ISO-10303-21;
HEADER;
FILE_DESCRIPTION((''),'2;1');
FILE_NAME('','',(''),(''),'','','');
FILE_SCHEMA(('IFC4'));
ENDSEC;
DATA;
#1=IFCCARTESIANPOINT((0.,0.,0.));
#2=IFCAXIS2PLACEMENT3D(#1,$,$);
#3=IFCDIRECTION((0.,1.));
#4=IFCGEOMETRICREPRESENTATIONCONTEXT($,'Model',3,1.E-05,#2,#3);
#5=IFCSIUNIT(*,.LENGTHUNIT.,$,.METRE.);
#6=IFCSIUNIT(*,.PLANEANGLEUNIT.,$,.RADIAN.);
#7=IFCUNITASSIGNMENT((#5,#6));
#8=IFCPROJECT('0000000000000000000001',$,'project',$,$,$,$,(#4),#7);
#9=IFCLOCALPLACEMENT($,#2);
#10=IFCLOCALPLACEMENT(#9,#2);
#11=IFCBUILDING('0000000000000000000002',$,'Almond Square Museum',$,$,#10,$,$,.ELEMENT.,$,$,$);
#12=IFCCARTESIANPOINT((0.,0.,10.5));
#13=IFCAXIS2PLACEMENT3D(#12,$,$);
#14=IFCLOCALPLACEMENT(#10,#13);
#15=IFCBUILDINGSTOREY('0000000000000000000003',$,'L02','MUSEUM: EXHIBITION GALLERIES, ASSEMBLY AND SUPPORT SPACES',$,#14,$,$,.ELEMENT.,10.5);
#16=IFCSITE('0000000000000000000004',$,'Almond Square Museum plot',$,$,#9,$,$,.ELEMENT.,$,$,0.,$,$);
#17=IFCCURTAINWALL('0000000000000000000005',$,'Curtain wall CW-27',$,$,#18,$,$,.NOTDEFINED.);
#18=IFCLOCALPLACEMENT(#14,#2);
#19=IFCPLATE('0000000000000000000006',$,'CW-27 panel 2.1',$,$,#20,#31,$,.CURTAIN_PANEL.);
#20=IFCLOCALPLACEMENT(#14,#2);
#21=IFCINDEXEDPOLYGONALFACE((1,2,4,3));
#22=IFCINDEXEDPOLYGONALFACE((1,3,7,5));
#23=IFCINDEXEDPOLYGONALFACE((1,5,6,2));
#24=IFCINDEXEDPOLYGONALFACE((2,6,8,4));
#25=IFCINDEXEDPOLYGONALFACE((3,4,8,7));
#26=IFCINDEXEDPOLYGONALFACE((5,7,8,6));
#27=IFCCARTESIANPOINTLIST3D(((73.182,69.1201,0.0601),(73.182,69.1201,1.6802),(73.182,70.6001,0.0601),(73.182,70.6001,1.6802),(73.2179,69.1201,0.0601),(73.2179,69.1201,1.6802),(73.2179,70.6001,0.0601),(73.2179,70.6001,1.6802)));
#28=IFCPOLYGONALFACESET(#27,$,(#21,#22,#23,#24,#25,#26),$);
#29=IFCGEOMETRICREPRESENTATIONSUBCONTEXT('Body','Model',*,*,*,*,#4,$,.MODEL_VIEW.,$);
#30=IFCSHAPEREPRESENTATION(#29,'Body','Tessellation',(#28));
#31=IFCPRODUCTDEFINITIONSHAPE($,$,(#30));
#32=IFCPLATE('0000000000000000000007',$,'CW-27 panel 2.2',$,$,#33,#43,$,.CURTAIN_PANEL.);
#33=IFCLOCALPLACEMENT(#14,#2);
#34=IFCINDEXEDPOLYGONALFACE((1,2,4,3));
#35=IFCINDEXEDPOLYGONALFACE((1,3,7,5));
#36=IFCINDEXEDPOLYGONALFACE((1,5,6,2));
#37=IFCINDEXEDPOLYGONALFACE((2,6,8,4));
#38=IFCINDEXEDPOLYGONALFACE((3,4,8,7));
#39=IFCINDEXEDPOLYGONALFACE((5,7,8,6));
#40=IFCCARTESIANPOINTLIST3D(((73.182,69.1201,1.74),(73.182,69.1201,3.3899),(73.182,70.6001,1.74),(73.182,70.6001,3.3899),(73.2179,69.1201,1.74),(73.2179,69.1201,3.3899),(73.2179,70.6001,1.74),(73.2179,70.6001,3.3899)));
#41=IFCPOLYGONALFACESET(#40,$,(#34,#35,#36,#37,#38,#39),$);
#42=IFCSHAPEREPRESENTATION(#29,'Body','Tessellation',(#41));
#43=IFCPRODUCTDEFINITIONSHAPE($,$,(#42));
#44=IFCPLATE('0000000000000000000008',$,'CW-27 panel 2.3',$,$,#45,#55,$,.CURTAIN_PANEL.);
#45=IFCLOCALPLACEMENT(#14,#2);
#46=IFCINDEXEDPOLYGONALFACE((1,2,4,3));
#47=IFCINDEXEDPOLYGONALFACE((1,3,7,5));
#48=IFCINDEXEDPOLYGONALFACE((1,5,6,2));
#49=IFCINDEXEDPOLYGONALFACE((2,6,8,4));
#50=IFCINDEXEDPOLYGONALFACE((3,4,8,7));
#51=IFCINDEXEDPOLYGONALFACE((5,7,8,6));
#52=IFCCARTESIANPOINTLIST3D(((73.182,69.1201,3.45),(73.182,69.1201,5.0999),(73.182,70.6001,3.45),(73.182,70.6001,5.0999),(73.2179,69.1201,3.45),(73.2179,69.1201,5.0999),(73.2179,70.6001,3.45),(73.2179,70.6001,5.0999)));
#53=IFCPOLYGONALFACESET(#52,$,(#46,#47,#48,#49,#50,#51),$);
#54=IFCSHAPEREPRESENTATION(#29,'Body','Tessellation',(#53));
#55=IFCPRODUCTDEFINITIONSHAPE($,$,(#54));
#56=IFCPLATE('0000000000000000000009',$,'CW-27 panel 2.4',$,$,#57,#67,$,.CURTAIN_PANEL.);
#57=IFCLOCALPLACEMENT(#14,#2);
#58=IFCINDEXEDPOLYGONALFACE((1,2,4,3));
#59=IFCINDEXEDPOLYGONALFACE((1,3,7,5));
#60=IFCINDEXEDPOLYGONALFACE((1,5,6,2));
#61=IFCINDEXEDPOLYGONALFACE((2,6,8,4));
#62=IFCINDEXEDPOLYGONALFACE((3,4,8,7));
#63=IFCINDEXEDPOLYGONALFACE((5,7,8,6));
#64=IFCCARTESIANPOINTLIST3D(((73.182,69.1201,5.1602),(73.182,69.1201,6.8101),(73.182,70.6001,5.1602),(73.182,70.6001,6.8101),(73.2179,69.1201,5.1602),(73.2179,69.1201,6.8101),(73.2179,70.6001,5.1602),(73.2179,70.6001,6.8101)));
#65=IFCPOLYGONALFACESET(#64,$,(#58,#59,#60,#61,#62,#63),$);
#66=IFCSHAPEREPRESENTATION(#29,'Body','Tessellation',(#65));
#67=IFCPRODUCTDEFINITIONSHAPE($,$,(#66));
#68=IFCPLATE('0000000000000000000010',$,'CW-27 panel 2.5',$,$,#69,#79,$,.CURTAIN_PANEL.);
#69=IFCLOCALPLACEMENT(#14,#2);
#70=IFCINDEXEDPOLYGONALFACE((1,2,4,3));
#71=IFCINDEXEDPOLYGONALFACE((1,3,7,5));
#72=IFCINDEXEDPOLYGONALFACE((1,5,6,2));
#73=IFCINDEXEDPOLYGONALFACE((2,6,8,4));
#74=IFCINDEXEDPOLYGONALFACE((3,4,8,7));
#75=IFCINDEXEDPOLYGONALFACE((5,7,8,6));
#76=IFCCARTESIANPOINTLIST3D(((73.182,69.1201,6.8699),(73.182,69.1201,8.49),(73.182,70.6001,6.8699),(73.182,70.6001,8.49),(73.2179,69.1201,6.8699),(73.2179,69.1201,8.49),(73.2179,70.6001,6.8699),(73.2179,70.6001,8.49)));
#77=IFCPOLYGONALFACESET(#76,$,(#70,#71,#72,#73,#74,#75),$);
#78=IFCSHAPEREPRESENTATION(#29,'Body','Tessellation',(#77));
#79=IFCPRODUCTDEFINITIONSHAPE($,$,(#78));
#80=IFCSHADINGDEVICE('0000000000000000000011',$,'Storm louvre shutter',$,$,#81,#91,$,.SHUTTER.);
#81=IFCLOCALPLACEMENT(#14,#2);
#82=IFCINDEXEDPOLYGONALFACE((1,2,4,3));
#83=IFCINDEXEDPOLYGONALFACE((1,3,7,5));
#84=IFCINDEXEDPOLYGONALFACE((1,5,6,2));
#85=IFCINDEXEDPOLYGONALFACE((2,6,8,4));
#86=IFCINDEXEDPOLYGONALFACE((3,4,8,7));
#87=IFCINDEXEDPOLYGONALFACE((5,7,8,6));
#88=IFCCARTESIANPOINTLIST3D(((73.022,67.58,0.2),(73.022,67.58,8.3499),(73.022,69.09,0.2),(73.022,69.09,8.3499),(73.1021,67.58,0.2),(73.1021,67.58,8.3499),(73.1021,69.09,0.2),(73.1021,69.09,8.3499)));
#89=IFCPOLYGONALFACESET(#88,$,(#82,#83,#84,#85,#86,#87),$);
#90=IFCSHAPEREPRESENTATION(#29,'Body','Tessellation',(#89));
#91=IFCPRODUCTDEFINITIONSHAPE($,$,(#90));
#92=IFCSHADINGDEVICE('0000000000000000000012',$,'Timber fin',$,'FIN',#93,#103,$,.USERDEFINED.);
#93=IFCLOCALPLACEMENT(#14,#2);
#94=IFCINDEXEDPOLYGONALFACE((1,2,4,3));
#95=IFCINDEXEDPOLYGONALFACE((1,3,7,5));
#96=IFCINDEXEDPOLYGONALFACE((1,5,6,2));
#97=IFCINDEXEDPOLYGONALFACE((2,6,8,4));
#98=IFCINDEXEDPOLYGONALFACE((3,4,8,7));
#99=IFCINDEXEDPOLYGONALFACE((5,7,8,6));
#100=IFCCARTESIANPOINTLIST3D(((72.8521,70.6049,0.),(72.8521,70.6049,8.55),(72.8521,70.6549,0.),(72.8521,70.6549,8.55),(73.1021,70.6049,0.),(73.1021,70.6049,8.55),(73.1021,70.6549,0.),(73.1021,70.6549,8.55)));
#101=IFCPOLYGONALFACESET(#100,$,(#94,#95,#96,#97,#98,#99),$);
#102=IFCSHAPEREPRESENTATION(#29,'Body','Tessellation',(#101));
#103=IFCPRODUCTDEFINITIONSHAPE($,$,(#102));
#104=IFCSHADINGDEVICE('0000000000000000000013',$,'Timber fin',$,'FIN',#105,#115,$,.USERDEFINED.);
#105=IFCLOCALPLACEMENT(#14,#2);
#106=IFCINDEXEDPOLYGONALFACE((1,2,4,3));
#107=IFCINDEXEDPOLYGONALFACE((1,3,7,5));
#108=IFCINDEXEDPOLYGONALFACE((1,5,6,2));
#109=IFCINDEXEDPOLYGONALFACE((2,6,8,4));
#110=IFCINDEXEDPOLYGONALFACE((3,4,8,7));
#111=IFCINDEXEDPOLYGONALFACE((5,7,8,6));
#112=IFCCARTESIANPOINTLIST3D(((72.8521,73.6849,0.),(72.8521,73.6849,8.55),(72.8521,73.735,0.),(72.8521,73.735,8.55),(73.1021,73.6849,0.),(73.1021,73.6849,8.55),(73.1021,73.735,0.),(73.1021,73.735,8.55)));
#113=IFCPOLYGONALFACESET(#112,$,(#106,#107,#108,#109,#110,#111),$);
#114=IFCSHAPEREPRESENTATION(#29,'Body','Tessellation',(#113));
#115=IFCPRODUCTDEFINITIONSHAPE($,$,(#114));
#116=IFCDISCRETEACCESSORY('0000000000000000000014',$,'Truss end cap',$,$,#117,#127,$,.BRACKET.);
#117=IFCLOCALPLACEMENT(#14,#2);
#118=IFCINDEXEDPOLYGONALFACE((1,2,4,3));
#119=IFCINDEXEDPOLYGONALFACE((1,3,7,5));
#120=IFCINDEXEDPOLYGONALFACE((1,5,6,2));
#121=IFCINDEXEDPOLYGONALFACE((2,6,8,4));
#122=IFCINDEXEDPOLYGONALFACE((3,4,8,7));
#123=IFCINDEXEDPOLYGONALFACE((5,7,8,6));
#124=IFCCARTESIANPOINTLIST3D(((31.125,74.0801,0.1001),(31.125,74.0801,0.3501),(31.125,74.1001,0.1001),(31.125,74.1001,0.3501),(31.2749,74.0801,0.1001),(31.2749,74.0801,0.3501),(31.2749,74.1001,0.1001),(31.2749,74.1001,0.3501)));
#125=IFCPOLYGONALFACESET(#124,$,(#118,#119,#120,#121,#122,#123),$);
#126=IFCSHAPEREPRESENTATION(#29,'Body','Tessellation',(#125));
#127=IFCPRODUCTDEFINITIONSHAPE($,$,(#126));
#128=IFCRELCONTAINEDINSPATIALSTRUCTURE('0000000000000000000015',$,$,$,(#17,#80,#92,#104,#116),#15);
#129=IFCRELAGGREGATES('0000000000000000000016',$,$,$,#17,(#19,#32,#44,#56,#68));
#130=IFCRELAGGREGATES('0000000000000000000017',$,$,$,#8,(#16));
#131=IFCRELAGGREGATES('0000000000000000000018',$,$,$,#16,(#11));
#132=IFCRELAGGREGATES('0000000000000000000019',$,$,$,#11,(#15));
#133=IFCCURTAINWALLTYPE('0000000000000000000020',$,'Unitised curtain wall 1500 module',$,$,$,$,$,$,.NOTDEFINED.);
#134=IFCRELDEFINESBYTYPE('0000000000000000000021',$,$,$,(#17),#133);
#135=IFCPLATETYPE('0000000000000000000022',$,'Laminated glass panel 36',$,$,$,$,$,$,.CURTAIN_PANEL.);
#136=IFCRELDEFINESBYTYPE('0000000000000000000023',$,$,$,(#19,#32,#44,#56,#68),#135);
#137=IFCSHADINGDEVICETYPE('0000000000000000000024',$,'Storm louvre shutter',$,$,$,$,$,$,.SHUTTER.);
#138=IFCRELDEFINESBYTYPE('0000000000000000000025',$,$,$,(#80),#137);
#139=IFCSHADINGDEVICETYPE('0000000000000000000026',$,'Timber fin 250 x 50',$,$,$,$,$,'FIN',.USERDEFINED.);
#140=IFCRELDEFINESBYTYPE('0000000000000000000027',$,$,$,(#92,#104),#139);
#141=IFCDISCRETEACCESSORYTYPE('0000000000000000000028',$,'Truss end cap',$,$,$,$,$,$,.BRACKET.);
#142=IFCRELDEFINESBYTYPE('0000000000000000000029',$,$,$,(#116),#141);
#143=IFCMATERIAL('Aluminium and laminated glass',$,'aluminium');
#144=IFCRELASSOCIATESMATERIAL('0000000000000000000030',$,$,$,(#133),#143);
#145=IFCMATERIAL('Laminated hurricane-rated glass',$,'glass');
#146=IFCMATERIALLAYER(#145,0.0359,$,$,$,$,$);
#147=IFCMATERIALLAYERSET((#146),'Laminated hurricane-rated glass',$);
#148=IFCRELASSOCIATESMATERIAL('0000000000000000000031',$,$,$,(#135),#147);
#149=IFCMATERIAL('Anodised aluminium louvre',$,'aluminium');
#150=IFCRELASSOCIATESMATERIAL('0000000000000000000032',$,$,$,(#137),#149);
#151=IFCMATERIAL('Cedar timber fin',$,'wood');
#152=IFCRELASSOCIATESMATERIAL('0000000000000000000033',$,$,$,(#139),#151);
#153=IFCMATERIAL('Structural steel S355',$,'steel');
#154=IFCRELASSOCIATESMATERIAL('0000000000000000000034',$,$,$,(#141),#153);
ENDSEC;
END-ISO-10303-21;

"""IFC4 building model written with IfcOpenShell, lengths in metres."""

from ifc_helpers import new_model, si_unit, direction, frame, origin, origin_2d, place, context, subcontext, project, spatial, rectangle, extrude, material, layer, layer_set, material_profile, profile_set, type_object, element, aggregate, save


model = new_model("IFC4")

# Units and contexts
model_context = context("Model", 3, precision=1e-05, world=origin(), true_north=direction((0.0, 1.0)))
body_context = subcontext(model_context, "Body", "Model", "MODEL_VIEW")
ifc_project = project(units=[si_unit("LENGTHUNIT", "METRE"), si_unit("PLANEANGLEUNIT", "RADIAN")], contexts=[model_context])

# Site, building, storey
site_placement = place(None, origin())
site = spatial("IfcSite", under=ifc_project, at=site_placement, Name="Almond Square Museum plot", CompositionType="ELEMENT", RefElevation=0.0)
building_placement = place(site_placement, origin())
building = spatial("IfcBuilding", under=site, at=building_placement, Name="Almond Square Museum", CompositionType="ELEMENT")
storey_placement = place(building_placement, frame((0.0, 0.0, 10.5)))
storey = spatial("IfcBuildingStorey", under=building, at=storey_placement, Name="L02", Description="MUSEUM: EXHIBITION GALLERIES, ASSEMBLY AND SUPPORT SPACES", CompositionType="ELEMENT", Elevation=10.5)

# Curtain wall
ifc_material_1 = material(Name="Aluminium and laminated glass", Category="aluminium")
curtain_wall_type = type_object("IfcCurtainWallType", Name="Unitised curtain wall 1500 module", PredefinedType="NOTDEFINED", material=ifc_material_1)
curtain_wall_placement = place(storey_placement, origin())
curtain_wall = element("IfcCurtainWall", 1, at=curtain_wall_placement, inside=storey, type_object=curtain_wall_type, Name="Curtain wall CW-27", PredefinedType="NOTDEFINED")

# Plates
ifc_material_2 = material(Name="Laminated hurricane-rated glass", Category="glass")
ifc_layer = layer(ifc_material_2, 0.0359)
ifc_layer_set = layer_set([ifc_layer], Name="Laminated hurricane-rated glass")
plate_type = type_object("IfcPlateType", Name="Laminated glass panel 36", PredefinedType="CURTAIN_PANEL", material=ifc_layer_set)
plate_1_placement = place(storey_placement, frame((73.2, 69.8601, 0.0601), z_axis=(0.0, 0.0, 1.0), x_axis=(0.0, 1.0, 0.0)))
plate_1 = element("IfcPlate", 2, at=plate_1_placement, type_object=plate_type, Name="CW-27 panel 2.1", PredefinedType="CURTAIN_PANEL", context=body_context, shape_type="SweptSolid", body=[
    extrude(rectangle(XDim=1.48, YDim=0.0359, at=origin_2d()), origin(), (0.0, 0.0, 1.0), 1.6201),
])
plate_2_placement = place(storey_placement, frame((73.2, 69.8601, 1.74), z_axis=(0.0, 0.0, 1.0), x_axis=(0.0, 1.0, 0.0)))
plate_2 = element("IfcPlate", 3, at=plate_2_placement, type_object=plate_type, Name="CW-27 panel 2.2", PredefinedType="CURTAIN_PANEL", context=body_context, shape_type="SweptSolid", body=[
    extrude(rectangle(XDim=1.48, YDim=0.0359, at=origin_2d()), origin(), (0.0, 0.0, 1.0), 1.6499),
])
plate_3_placement = place(storey_placement, frame((73.2, 69.8601, 3.45), z_axis=(0.0, 0.0, 1.0), x_axis=(0.0, 1.0, 0.0)))
plate_3 = element("IfcPlate", 4, at=plate_3_placement, type_object=plate_type, Name="CW-27 panel 2.3", PredefinedType="CURTAIN_PANEL", context=body_context, shape_type="SweptSolid", body=[
    extrude(rectangle(XDim=1.48, YDim=0.0359, at=origin_2d()), origin(), (0.0, 0.0, 1.0), 1.6499),
])
plate_4_placement = place(storey_placement, frame((73.2, 69.8601, 5.1602), z_axis=(0.0, 0.0, 1.0), x_axis=(0.0, 1.0, 0.0)))
plate_4 = element("IfcPlate", 5, at=plate_4_placement, type_object=plate_type, Name="CW-27 panel 2.4", PredefinedType="CURTAIN_PANEL", context=body_context, shape_type="SweptSolid", body=[
    extrude(rectangle(XDim=1.48, YDim=0.0359, at=origin_2d()), origin(), (0.0, 0.0, 1.0), 1.6499),
])
plate_5_placement = place(storey_placement, frame((73.2, 69.8601, 6.8699), z_axis=(0.0, 0.0, 1.0), x_axis=(0.0, 1.0, 0.0)))
plate_5 = element("IfcPlate", 6, at=plate_5_placement, type_object=plate_type, Name="CW-27 panel 2.5", PredefinedType="CURTAIN_PANEL", context=body_context, shape_type="SweptSolid", body=[
    extrude(rectangle(XDim=1.48, YDim=0.0359, at=origin_2d()), origin(), (0.0, 0.0, 1.0), 1.6201),
])
aggregate(curtain_wall, [plate_1, plate_2, plate_3, plate_4, plate_5])

# Shading devices
ifc_material_3 = material(Name="Anodised aluminium louvre", Category="aluminium")
shading_device_type_1 = type_object("IfcShadingDeviceType", Name="Storm louvre shutter", PredefinedType="SHUTTER", material=ifc_material_3)
shading_device_placement = place(storey_placement, frame((73.062, 68.335, 0.2), z_axis=(0.0, 0.0, 1.0), x_axis=(1.0, 0.0, 0.0)))
element("IfcShadingDevice", 7, at=shading_device_placement, inside=storey, type_object=shading_device_type_1, Name="Storm louvre shutter", PredefinedType="SHUTTER", context=body_context, shape_type="SweptSolid", body=[
    extrude(rectangle(XDim=0.0801, YDim=1.51, at=origin_2d()), origin(), (0.0, 0.0, 1.0), 8.1499),
])
ifc_material_4 = material(Name="Cedar timber fin", Category="wood")
ifc_material_profile_1 = material_profile(ifc_material_4, rectangle(XDim=0.25, YDim=0.05, at=origin_2d()))
ifc_profile_set_1 = profile_set([ifc_material_profile_1], Name="Cedar timber fin")
shading_device_type_2 = type_object("IfcShadingDeviceType", Name="Timber fin 250 x 50", ElementType="FIN", PredefinedType="USERDEFINED", material=ifc_profile_set_1)
for number, where, z_axis, x_axis, name in (
    (8, (72.9771, 70.6299, 0.0), (0.0, 0.0, 1.0), (-1.0, 0.0, 0.0), "Timber fin"),
    (9, (72.9771, 73.71, 0.0), (0.0, 0.0, 1.0), (-1.0, 0.0, 0.0), "Timber fin"),
):
    element("IfcShadingDevice", number, at=place(storey_placement, frame(where, z_axis=z_axis, x_axis=x_axis)), inside=storey, type_object=shading_device_type_2, Name=name, ObjectType="FIN", PredefinedType="USERDEFINED", context=body_context, shape_type="SweptSolid", body=[
        extrude(rectangle(XDim=0.25, YDim=0.05, at=origin_2d()), origin(), (0.0, 0.0, 1.0), 8.55),
    ])

# Discrete accessory
ifc_material_5 = material(Name="Structural steel S355", Category="steel")
discrete_accessory_type = type_object("IfcDiscreteAccessoryType", Name="Truss end cap", PredefinedType="BRACKET", material=ifc_material_5)
discrete_accessory_placement = place(storey_placement, frame((31.2, 74.0901, 0.1001), z_axis=(0.0, 0.0, 1.0), x_axis=(1.0, 0.0, 0.0)))
element("IfcDiscreteAccessory", 10, at=discrete_accessory_placement, inside=storey, type_object=discrete_accessory_type, Name="Truss end cap", PredefinedType="BRACKET", context=body_context, shape_type="SweptSolid", body=[
    extrude(rectangle(XDim=0.1499, YDim=0.02, at=origin_2d()), origin(), (0.0, 0.0, 1.0), 0.25),
])

save(model, "model.ifc")
